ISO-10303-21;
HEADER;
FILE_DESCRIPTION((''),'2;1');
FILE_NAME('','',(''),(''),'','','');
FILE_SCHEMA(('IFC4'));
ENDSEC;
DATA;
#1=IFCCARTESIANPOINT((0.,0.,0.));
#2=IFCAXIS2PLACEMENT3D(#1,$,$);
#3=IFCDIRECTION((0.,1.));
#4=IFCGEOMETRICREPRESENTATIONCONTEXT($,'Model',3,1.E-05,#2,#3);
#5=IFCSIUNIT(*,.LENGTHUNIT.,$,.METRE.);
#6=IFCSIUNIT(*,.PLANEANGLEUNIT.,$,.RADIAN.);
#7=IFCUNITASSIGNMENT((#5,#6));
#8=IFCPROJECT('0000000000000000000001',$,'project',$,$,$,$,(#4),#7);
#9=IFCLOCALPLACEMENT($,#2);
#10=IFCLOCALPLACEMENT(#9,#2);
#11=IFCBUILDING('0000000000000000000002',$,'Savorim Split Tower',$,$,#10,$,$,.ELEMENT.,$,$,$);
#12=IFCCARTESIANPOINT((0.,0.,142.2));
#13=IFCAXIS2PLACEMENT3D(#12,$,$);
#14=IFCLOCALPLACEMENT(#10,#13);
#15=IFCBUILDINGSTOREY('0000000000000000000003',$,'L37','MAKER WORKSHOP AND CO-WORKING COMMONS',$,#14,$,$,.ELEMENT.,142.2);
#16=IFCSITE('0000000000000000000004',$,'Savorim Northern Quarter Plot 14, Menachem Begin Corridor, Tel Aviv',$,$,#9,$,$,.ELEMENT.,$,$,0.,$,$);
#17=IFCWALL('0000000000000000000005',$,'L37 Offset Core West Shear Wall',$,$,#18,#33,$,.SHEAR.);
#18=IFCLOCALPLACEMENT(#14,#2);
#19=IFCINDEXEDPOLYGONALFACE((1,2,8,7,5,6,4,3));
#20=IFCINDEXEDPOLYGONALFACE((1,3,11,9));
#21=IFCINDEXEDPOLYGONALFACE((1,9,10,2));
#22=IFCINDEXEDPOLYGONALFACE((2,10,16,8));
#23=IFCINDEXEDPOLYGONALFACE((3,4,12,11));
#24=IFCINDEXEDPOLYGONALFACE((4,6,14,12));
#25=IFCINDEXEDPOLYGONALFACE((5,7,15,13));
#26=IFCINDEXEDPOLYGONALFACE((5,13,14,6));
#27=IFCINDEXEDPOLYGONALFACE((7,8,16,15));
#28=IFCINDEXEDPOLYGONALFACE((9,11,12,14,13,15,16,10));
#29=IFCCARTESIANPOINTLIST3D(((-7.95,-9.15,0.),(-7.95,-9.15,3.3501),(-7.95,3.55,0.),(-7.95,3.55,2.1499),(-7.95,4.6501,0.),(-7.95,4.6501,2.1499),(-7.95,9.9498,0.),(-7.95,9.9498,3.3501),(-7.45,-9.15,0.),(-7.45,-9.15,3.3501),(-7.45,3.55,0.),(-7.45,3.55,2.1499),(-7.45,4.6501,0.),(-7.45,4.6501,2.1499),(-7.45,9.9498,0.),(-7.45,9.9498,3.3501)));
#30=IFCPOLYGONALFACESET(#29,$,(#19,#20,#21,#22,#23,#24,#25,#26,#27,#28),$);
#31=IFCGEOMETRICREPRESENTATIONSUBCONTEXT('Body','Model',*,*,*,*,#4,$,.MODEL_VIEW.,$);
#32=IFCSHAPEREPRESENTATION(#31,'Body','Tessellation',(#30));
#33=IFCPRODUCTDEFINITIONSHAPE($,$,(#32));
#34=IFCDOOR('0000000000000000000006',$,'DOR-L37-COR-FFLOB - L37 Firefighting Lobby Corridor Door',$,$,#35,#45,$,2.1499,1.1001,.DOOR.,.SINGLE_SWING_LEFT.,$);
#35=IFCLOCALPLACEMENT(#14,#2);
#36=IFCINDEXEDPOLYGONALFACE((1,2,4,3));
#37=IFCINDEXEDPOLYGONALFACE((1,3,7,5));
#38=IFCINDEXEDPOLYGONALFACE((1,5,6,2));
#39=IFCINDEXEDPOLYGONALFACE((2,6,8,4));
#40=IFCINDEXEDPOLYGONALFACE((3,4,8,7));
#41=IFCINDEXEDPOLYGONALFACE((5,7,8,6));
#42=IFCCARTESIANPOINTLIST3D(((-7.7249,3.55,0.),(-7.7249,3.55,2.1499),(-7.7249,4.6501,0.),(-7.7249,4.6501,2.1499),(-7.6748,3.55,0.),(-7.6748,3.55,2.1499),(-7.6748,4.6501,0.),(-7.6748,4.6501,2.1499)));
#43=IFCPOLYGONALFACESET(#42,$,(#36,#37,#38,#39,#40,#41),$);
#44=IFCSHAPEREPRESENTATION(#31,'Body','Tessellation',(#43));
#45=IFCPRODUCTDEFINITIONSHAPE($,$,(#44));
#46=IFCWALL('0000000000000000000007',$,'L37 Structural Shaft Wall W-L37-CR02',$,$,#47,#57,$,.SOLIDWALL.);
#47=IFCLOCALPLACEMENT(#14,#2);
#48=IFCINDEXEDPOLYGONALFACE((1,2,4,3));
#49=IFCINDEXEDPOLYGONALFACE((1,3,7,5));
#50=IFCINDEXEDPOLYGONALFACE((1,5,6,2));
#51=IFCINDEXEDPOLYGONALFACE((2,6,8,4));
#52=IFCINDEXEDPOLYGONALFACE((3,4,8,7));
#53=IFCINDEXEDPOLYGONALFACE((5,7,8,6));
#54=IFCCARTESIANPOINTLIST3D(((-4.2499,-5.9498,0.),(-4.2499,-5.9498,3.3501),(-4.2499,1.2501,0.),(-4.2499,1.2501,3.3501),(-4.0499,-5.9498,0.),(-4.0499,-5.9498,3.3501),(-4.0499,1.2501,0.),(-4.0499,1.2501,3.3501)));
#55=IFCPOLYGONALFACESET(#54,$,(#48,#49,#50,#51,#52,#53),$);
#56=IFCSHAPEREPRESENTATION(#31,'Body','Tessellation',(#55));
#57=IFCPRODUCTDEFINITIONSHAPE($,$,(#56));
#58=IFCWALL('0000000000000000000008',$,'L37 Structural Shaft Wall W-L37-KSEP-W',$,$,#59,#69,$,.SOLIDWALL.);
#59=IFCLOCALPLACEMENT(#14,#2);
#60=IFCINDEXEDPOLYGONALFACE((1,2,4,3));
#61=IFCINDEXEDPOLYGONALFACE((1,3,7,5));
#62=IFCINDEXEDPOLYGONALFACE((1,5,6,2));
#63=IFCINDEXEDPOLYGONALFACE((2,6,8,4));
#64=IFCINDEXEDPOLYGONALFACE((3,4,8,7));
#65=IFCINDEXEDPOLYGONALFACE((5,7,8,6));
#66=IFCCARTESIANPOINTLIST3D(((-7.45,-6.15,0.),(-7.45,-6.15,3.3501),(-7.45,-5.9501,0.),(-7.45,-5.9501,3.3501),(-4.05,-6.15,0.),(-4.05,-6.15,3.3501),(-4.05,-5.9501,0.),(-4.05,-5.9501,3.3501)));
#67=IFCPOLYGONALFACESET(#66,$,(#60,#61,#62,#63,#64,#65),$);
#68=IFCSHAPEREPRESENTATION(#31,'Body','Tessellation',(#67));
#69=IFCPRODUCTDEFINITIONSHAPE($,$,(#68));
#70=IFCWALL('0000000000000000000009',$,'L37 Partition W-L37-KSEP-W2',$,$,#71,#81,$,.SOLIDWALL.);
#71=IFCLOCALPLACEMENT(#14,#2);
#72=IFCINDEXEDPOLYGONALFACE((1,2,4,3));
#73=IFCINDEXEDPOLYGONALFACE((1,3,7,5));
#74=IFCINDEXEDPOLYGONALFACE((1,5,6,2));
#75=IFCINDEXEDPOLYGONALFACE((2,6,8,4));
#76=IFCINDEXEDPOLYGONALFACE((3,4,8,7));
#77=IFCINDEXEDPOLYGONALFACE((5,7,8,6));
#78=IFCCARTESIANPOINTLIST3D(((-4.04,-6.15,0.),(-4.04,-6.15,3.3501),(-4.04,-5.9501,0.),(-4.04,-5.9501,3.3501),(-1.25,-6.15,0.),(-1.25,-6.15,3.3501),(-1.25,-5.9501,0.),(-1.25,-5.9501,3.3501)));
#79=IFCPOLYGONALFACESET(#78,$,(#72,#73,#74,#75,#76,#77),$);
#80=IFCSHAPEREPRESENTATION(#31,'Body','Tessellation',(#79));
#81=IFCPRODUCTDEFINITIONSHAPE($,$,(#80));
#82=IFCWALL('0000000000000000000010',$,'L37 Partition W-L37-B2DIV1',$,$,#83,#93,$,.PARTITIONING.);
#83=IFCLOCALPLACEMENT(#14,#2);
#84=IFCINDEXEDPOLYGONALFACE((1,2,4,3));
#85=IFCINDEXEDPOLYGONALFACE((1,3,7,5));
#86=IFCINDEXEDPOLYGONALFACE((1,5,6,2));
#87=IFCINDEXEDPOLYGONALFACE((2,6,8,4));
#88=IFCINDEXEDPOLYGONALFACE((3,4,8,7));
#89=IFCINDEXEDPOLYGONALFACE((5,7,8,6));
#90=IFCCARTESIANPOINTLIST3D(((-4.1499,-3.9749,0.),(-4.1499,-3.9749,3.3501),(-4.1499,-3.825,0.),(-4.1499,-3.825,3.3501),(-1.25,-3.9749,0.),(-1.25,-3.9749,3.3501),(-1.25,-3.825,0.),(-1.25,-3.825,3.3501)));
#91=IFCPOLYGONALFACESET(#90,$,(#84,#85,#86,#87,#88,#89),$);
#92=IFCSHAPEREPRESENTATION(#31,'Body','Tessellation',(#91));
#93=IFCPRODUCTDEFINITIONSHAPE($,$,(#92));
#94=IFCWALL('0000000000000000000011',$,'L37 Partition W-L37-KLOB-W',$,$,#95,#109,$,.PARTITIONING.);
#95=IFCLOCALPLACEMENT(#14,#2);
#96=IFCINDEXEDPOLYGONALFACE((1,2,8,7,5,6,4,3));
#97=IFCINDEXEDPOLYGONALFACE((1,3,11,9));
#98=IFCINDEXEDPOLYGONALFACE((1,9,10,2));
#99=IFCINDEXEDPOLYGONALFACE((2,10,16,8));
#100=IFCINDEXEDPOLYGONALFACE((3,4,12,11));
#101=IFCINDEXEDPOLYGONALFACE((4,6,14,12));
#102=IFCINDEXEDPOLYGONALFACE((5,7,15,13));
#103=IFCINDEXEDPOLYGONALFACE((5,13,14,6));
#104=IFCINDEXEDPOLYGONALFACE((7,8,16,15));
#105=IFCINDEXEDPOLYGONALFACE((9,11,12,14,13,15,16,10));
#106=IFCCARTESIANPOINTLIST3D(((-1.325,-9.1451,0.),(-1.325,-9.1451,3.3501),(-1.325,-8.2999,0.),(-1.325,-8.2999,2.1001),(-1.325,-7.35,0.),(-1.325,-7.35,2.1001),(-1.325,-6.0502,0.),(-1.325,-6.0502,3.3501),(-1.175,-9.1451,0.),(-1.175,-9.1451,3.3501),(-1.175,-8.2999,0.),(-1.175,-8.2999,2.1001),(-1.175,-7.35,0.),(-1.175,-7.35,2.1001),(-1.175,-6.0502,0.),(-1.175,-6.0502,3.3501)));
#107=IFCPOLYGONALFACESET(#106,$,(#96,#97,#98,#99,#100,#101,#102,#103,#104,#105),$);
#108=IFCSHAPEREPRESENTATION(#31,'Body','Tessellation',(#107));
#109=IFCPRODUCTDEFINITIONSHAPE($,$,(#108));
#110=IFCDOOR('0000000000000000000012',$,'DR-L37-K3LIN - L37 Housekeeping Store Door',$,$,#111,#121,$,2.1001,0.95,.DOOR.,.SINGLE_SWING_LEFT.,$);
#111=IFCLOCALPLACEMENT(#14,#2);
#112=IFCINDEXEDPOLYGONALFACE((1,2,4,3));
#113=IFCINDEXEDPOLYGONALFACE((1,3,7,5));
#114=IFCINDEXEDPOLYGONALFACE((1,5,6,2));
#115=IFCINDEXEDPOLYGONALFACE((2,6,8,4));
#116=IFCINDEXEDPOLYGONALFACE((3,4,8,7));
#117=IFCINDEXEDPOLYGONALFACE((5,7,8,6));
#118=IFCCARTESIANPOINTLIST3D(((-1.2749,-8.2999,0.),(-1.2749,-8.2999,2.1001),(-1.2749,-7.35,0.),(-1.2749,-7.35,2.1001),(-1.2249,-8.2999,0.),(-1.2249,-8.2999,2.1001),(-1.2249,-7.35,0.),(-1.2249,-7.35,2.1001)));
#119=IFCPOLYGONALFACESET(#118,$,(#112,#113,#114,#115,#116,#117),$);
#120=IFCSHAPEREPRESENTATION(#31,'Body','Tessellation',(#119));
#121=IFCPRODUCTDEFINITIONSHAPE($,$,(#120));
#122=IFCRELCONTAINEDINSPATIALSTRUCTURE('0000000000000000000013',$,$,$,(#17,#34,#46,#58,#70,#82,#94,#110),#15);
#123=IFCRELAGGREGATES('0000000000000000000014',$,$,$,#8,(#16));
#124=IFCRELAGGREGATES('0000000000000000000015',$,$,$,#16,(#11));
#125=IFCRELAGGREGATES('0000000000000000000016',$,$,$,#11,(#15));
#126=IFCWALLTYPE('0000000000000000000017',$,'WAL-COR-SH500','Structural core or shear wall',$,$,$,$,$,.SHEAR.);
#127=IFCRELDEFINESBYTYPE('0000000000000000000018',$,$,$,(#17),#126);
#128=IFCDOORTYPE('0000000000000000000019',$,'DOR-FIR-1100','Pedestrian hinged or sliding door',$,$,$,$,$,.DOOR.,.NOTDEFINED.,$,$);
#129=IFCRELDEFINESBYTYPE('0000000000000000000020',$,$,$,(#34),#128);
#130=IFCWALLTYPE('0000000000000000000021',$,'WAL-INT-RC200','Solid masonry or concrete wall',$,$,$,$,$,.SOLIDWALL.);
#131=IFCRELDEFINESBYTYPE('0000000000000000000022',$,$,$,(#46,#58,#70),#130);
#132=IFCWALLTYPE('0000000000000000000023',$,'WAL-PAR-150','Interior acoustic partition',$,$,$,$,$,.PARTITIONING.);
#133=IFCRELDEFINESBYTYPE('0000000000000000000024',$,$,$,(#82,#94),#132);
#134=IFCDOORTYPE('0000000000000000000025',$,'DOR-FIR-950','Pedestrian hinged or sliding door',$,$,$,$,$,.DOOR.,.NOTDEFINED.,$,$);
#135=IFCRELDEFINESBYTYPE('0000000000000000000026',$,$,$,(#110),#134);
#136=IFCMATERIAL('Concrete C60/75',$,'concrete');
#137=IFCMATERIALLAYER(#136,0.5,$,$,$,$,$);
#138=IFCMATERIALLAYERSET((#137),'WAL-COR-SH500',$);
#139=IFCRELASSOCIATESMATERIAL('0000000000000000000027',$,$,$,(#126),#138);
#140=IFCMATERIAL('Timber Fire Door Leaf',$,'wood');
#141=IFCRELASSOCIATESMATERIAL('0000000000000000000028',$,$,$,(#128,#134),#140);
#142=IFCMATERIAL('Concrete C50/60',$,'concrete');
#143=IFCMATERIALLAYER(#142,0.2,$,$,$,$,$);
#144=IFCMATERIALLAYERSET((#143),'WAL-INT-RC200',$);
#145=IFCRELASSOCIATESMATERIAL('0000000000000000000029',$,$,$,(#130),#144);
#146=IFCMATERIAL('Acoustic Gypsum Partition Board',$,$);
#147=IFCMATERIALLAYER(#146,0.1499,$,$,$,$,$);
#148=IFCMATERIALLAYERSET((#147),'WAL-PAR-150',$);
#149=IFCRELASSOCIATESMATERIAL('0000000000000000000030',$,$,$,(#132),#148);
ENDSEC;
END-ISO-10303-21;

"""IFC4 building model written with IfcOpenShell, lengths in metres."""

from ifc_helpers import new_model, si_unit, direction, frame, frame_2d, origin, place, context, subcontext, project, spatial, rectangle, extrude, material, layer, layer_set, type_object, element, fill, save


model = new_model("IFC4")

# Units and contexts
model_context = context("Model", 3, precision=1e-05, world=origin(), true_north=direction((0.0, 1.0)))
body_context = subcontext(model_context, "Body", "Model", "MODEL_VIEW")
ifc_project = project(units=[si_unit("LENGTHUNIT", "METRE"), si_unit("PLANEANGLEUNIT", "RADIAN")], contexts=[model_context])

# Site, building, storey
site_placement = place(None, origin())
site = spatial("IfcSite", under=ifc_project, at=site_placement, Name="Savorim Northern Quarter Plot 14, Menachem Begin Corridor, Tel Aviv", CompositionType="ELEMENT", RefElevation=0.0)
building_placement = place(site_placement, origin())
building = spatial("IfcBuilding", under=site, at=building_placement, Name="Savorim Split Tower", CompositionType="ELEMENT")
storey_placement = place(building_placement, frame((0.0, 0.0, 142.2)))
storey = spatial("IfcBuildingStorey", under=building, at=storey_placement, Name="L37", Description="MAKER WORKSHOP AND CO-WORKING COMMONS", CompositionType="ELEMENT", Elevation=142.2)

# Wall, opening, door
ifc_material_1 = material(Name="Concrete C60/75", Category="concrete")
ifc_layer_1 = layer(ifc_material_1, 0.5)
ifc_layer_set_1 = layer_set([ifc_layer_1], Name="WAL-COR-SH500")
wall_type_1 = type_object("IfcWallType", Name="WAL-COR-SH500", Description="Structural core or shear wall", PredefinedType="SHEAR", material=ifc_layer_set_1)
ifc_material_2 = material(Name="Timber Fire Door Leaf", Category="wood")
wall_1_placement = place(storey_placement, frame((-7.7, -9.1499, 0.0), z_axis=(0.0, 0.0, 1.0), x_axis=(0.0, 1.0, 0.0)))
wall_1 = element("IfcWall", 1, at=wall_1_placement, inside=storey, type_object=wall_type_1, Name="L37 Offset Core West Shear Wall", PredefinedType="SHEAR", context=body_context, shape_type="SweptSolid", body=[
    extrude(rectangle(XDim=19.0999, YDim=0.5, at=frame_2d((9.5498, 0.0))), origin(), (0.0, 0.0, 1.0), 3.3501),
])
opening_1_placement = place(wall_1_placement, frame((12.7, 0.0, 0.0)))
opening_1 = element("IfcOpeningElement", 2, at=opening_1_placement, cuts=wall_1, PredefinedType="OPENING", context=body_context, shape_type="SweptSolid", body=[
    extrude(rectangle(XDim=1.1001, YDim=2.1499, at=frame_2d((0.55, 1.075))), frame((0.0, 0.26, 0.0), z_axis=(0.0, -1.0, 0.0), x_axis=(1.0, 0.0, 0.0)), (0.0, 0.0, 1.0), 0.52),
])
door_type_1 = type_object("IfcDoorType", Name="DOR-FIR-1100", Description="Pedestrian hinged or sliding door", OperationType="NOTDEFINED", PredefinedType="DOOR", material=ifc_material_2)
door_1_placement = place(opening_1_placement, origin())
door_1 = element("IfcDoor", 3, at=door_1_placement, inside=storey, type_object=door_type_1, Name="DOR-L37-COR-FFLOB - L37 Firefighting Lobby Corridor Door", OperationType="SINGLE_SWING_LEFT", OverallHeight=2.1499, OverallWidth=1.1001, PredefinedType="DOOR", context=body_context, shape_type="SweptSolid", body=[
    extrude(rectangle(XDim=1.1001, YDim=2.1499, at=frame_2d((0.55, 1.075))), frame((0.0, 0.0249, 0.0), z_axis=(0.0, -1.0, 0.0), x_axis=(1.0, 0.0, 0.0)), (0.0, 0.0, 1.0), 0.05),
])
fill(opening_1, door_1)

# Wall
ifc_material_3 = material(Name="Concrete C50/60", Category="concrete")
ifc_layer_2 = layer(ifc_material_3, 0.2)
ifc_layer_set_2 = layer_set([ifc_layer_2], Name="WAL-INT-RC200")
wall_type_2 = type_object("IfcWallType", Name="WAL-INT-RC200", Description="Solid masonry or concrete wall", PredefinedType="SOLIDWALL", material=ifc_layer_set_2)
wall_2_placement = place(storey_placement, frame((-4.1499, -5.95, 0.0), z_axis=(0.0, 0.0, 1.0), x_axis=(0.0, 1.0, 0.0)))
element("IfcWall", 4, at=wall_2_placement, inside=storey, type_object=wall_type_2, Name="L37 Structural Shaft Wall W-L37-CR02", PredefinedType="SOLIDWALL", context=body_context, shape_type="SweptSolid", body=[
    extrude(rectangle(XDim=7.2, YDim=0.2, at=frame_2d((3.6001, 0.0))), origin(), (0.0, 0.0, 1.0), 3.3501),
])

# Walls
wall_3_placement = place(storey_placement, frame((-7.45, -6.05, 0.0), z_axis=(0.0, 0.0, 1.0), x_axis=(1.0, 0.0, 0.0)))
element("IfcWall", 5, at=wall_3_placement, inside=storey, type_object=wall_type_2, Name="L37 Structural Shaft Wall W-L37-KSEP-W", PredefinedType="SOLIDWALL", context=body_context, shape_type="SweptSolid", body=[
    extrude(rectangle(XDim=3.3999, YDim=0.2, at=frame_2d((1.7, 0.0))), origin(), (0.0, 0.0, 1.0), 3.3501),
])
wall_4_placement = place(storey_placement, frame((-4.04, -6.05, 0.0), z_axis=(0.0, 0.0, 1.0), x_axis=(1.0, 0.0, 0.0)))
element("IfcWall", 6, at=wall_4_placement, inside=storey, type_object=wall_type_2, Name="L37 Partition W-L37-KSEP-W2", PredefinedType="SOLIDWALL", context=body_context, shape_type="SweptSolid", body=[
    extrude(rectangle(XDim=2.79, YDim=0.2, at=frame_2d((1.395, 0.0))), origin(), (0.0, 0.0, 1.0), 3.3501),
])
ifc_material_4 = material(Name="Acoustic Gypsum Partition Board")
ifc_layer_3 = layer(ifc_material_4, 0.1499)
ifc_layer_set_3 = layer_set([ifc_layer_3], Name="WAL-PAR-150")
wall_type_3 = type_object("IfcWallType", Name="WAL-PAR-150", Description="Interior acoustic partition", PredefinedType="PARTITIONING", material=ifc_layer_set_3)
wall_5_placement = place(storey_placement, frame((-4.1499, -3.8999, 0.0), z_axis=(0.0, 0.0, 1.0), x_axis=(1.0, 0.0, 0.0)))
element("IfcWall", 7, at=wall_5_placement, inside=storey, type_object=wall_type_3, Name="L37 Partition W-L37-B2DIV1", PredefinedType="PARTITIONING", context=body_context, shape_type="SweptSolid", body=[
    extrude(rectangle(XDim=2.8999, YDim=0.1499, at=frame_2d((1.45, 0.0))), origin(), (0.0, 0.0, 1.0), 3.3501),
])

# Wall, opening, door
wall_6_placement = place(storey_placement, frame((-1.25, -9.145, 0.0), z_axis=(0.0, 0.0, 1.0), x_axis=(0.0, 1.0, 0.0)))
wall_6 = element("IfcWall", 8, at=wall_6_placement, inside=storey, type_object=wall_type_3, Name="L37 Partition W-L37-KLOB-W", PredefinedType="PARTITIONING", context=body_context, shape_type="SweptSolid", body=[
    extrude(rectangle(XDim=3.095, YDim=0.1499, at=frame_2d((1.5474, 0.0))), origin(), (0.0, 0.0, 1.0), 3.3501),
])
opening_2_placement = place(wall_6_placement, frame((0.845, 0.0, 0.0)))
opening_2 = element("IfcOpeningElement", 9, at=opening_2_placement, cuts=wall_6, PredefinedType="OPENING", context=body_context, shape_type="SweptSolid", body=[
    extrude(rectangle(XDim=0.95, YDim=2.1001, at=frame_2d((0.4751, 1.05))), frame((0.0, 0.085, 0.0), z_axis=(0.0, -1.0, 0.0), x_axis=(1.0, 0.0, 0.0)), (0.0, 0.0, 1.0), 0.1699),
])
door_type_2 = type_object("IfcDoorType", Name="DOR-FIR-950", Description="Pedestrian hinged or sliding door", OperationType="NOTDEFINED", PredefinedType="DOOR", material=ifc_material_2)
door_2_placement = place(opening_2_placement, origin())
door_2 = element("IfcDoor", 10, at=door_2_placement, inside=storey, type_object=door_type_2, Name="DR-L37-K3LIN - L37 Housekeeping Store Door", OperationType="SINGLE_SWING_LEFT", OverallHeight=2.1001, OverallWidth=0.95, PredefinedType="DOOR", context=body_context, shape_type="SweptSolid", body=[
    extrude(rectangle(XDim=0.95, YDim=2.1001, at=frame_2d((0.4751, 1.05))), frame((0.0, 0.0249, 0.0), z_axis=(0.0, -1.0, 0.0), x_axis=(1.0, 0.0, 0.0)), (0.0, 0.0, 1.0), 0.05),
])
fill(opening_2, door_2)

save(model, "model.ifc")
